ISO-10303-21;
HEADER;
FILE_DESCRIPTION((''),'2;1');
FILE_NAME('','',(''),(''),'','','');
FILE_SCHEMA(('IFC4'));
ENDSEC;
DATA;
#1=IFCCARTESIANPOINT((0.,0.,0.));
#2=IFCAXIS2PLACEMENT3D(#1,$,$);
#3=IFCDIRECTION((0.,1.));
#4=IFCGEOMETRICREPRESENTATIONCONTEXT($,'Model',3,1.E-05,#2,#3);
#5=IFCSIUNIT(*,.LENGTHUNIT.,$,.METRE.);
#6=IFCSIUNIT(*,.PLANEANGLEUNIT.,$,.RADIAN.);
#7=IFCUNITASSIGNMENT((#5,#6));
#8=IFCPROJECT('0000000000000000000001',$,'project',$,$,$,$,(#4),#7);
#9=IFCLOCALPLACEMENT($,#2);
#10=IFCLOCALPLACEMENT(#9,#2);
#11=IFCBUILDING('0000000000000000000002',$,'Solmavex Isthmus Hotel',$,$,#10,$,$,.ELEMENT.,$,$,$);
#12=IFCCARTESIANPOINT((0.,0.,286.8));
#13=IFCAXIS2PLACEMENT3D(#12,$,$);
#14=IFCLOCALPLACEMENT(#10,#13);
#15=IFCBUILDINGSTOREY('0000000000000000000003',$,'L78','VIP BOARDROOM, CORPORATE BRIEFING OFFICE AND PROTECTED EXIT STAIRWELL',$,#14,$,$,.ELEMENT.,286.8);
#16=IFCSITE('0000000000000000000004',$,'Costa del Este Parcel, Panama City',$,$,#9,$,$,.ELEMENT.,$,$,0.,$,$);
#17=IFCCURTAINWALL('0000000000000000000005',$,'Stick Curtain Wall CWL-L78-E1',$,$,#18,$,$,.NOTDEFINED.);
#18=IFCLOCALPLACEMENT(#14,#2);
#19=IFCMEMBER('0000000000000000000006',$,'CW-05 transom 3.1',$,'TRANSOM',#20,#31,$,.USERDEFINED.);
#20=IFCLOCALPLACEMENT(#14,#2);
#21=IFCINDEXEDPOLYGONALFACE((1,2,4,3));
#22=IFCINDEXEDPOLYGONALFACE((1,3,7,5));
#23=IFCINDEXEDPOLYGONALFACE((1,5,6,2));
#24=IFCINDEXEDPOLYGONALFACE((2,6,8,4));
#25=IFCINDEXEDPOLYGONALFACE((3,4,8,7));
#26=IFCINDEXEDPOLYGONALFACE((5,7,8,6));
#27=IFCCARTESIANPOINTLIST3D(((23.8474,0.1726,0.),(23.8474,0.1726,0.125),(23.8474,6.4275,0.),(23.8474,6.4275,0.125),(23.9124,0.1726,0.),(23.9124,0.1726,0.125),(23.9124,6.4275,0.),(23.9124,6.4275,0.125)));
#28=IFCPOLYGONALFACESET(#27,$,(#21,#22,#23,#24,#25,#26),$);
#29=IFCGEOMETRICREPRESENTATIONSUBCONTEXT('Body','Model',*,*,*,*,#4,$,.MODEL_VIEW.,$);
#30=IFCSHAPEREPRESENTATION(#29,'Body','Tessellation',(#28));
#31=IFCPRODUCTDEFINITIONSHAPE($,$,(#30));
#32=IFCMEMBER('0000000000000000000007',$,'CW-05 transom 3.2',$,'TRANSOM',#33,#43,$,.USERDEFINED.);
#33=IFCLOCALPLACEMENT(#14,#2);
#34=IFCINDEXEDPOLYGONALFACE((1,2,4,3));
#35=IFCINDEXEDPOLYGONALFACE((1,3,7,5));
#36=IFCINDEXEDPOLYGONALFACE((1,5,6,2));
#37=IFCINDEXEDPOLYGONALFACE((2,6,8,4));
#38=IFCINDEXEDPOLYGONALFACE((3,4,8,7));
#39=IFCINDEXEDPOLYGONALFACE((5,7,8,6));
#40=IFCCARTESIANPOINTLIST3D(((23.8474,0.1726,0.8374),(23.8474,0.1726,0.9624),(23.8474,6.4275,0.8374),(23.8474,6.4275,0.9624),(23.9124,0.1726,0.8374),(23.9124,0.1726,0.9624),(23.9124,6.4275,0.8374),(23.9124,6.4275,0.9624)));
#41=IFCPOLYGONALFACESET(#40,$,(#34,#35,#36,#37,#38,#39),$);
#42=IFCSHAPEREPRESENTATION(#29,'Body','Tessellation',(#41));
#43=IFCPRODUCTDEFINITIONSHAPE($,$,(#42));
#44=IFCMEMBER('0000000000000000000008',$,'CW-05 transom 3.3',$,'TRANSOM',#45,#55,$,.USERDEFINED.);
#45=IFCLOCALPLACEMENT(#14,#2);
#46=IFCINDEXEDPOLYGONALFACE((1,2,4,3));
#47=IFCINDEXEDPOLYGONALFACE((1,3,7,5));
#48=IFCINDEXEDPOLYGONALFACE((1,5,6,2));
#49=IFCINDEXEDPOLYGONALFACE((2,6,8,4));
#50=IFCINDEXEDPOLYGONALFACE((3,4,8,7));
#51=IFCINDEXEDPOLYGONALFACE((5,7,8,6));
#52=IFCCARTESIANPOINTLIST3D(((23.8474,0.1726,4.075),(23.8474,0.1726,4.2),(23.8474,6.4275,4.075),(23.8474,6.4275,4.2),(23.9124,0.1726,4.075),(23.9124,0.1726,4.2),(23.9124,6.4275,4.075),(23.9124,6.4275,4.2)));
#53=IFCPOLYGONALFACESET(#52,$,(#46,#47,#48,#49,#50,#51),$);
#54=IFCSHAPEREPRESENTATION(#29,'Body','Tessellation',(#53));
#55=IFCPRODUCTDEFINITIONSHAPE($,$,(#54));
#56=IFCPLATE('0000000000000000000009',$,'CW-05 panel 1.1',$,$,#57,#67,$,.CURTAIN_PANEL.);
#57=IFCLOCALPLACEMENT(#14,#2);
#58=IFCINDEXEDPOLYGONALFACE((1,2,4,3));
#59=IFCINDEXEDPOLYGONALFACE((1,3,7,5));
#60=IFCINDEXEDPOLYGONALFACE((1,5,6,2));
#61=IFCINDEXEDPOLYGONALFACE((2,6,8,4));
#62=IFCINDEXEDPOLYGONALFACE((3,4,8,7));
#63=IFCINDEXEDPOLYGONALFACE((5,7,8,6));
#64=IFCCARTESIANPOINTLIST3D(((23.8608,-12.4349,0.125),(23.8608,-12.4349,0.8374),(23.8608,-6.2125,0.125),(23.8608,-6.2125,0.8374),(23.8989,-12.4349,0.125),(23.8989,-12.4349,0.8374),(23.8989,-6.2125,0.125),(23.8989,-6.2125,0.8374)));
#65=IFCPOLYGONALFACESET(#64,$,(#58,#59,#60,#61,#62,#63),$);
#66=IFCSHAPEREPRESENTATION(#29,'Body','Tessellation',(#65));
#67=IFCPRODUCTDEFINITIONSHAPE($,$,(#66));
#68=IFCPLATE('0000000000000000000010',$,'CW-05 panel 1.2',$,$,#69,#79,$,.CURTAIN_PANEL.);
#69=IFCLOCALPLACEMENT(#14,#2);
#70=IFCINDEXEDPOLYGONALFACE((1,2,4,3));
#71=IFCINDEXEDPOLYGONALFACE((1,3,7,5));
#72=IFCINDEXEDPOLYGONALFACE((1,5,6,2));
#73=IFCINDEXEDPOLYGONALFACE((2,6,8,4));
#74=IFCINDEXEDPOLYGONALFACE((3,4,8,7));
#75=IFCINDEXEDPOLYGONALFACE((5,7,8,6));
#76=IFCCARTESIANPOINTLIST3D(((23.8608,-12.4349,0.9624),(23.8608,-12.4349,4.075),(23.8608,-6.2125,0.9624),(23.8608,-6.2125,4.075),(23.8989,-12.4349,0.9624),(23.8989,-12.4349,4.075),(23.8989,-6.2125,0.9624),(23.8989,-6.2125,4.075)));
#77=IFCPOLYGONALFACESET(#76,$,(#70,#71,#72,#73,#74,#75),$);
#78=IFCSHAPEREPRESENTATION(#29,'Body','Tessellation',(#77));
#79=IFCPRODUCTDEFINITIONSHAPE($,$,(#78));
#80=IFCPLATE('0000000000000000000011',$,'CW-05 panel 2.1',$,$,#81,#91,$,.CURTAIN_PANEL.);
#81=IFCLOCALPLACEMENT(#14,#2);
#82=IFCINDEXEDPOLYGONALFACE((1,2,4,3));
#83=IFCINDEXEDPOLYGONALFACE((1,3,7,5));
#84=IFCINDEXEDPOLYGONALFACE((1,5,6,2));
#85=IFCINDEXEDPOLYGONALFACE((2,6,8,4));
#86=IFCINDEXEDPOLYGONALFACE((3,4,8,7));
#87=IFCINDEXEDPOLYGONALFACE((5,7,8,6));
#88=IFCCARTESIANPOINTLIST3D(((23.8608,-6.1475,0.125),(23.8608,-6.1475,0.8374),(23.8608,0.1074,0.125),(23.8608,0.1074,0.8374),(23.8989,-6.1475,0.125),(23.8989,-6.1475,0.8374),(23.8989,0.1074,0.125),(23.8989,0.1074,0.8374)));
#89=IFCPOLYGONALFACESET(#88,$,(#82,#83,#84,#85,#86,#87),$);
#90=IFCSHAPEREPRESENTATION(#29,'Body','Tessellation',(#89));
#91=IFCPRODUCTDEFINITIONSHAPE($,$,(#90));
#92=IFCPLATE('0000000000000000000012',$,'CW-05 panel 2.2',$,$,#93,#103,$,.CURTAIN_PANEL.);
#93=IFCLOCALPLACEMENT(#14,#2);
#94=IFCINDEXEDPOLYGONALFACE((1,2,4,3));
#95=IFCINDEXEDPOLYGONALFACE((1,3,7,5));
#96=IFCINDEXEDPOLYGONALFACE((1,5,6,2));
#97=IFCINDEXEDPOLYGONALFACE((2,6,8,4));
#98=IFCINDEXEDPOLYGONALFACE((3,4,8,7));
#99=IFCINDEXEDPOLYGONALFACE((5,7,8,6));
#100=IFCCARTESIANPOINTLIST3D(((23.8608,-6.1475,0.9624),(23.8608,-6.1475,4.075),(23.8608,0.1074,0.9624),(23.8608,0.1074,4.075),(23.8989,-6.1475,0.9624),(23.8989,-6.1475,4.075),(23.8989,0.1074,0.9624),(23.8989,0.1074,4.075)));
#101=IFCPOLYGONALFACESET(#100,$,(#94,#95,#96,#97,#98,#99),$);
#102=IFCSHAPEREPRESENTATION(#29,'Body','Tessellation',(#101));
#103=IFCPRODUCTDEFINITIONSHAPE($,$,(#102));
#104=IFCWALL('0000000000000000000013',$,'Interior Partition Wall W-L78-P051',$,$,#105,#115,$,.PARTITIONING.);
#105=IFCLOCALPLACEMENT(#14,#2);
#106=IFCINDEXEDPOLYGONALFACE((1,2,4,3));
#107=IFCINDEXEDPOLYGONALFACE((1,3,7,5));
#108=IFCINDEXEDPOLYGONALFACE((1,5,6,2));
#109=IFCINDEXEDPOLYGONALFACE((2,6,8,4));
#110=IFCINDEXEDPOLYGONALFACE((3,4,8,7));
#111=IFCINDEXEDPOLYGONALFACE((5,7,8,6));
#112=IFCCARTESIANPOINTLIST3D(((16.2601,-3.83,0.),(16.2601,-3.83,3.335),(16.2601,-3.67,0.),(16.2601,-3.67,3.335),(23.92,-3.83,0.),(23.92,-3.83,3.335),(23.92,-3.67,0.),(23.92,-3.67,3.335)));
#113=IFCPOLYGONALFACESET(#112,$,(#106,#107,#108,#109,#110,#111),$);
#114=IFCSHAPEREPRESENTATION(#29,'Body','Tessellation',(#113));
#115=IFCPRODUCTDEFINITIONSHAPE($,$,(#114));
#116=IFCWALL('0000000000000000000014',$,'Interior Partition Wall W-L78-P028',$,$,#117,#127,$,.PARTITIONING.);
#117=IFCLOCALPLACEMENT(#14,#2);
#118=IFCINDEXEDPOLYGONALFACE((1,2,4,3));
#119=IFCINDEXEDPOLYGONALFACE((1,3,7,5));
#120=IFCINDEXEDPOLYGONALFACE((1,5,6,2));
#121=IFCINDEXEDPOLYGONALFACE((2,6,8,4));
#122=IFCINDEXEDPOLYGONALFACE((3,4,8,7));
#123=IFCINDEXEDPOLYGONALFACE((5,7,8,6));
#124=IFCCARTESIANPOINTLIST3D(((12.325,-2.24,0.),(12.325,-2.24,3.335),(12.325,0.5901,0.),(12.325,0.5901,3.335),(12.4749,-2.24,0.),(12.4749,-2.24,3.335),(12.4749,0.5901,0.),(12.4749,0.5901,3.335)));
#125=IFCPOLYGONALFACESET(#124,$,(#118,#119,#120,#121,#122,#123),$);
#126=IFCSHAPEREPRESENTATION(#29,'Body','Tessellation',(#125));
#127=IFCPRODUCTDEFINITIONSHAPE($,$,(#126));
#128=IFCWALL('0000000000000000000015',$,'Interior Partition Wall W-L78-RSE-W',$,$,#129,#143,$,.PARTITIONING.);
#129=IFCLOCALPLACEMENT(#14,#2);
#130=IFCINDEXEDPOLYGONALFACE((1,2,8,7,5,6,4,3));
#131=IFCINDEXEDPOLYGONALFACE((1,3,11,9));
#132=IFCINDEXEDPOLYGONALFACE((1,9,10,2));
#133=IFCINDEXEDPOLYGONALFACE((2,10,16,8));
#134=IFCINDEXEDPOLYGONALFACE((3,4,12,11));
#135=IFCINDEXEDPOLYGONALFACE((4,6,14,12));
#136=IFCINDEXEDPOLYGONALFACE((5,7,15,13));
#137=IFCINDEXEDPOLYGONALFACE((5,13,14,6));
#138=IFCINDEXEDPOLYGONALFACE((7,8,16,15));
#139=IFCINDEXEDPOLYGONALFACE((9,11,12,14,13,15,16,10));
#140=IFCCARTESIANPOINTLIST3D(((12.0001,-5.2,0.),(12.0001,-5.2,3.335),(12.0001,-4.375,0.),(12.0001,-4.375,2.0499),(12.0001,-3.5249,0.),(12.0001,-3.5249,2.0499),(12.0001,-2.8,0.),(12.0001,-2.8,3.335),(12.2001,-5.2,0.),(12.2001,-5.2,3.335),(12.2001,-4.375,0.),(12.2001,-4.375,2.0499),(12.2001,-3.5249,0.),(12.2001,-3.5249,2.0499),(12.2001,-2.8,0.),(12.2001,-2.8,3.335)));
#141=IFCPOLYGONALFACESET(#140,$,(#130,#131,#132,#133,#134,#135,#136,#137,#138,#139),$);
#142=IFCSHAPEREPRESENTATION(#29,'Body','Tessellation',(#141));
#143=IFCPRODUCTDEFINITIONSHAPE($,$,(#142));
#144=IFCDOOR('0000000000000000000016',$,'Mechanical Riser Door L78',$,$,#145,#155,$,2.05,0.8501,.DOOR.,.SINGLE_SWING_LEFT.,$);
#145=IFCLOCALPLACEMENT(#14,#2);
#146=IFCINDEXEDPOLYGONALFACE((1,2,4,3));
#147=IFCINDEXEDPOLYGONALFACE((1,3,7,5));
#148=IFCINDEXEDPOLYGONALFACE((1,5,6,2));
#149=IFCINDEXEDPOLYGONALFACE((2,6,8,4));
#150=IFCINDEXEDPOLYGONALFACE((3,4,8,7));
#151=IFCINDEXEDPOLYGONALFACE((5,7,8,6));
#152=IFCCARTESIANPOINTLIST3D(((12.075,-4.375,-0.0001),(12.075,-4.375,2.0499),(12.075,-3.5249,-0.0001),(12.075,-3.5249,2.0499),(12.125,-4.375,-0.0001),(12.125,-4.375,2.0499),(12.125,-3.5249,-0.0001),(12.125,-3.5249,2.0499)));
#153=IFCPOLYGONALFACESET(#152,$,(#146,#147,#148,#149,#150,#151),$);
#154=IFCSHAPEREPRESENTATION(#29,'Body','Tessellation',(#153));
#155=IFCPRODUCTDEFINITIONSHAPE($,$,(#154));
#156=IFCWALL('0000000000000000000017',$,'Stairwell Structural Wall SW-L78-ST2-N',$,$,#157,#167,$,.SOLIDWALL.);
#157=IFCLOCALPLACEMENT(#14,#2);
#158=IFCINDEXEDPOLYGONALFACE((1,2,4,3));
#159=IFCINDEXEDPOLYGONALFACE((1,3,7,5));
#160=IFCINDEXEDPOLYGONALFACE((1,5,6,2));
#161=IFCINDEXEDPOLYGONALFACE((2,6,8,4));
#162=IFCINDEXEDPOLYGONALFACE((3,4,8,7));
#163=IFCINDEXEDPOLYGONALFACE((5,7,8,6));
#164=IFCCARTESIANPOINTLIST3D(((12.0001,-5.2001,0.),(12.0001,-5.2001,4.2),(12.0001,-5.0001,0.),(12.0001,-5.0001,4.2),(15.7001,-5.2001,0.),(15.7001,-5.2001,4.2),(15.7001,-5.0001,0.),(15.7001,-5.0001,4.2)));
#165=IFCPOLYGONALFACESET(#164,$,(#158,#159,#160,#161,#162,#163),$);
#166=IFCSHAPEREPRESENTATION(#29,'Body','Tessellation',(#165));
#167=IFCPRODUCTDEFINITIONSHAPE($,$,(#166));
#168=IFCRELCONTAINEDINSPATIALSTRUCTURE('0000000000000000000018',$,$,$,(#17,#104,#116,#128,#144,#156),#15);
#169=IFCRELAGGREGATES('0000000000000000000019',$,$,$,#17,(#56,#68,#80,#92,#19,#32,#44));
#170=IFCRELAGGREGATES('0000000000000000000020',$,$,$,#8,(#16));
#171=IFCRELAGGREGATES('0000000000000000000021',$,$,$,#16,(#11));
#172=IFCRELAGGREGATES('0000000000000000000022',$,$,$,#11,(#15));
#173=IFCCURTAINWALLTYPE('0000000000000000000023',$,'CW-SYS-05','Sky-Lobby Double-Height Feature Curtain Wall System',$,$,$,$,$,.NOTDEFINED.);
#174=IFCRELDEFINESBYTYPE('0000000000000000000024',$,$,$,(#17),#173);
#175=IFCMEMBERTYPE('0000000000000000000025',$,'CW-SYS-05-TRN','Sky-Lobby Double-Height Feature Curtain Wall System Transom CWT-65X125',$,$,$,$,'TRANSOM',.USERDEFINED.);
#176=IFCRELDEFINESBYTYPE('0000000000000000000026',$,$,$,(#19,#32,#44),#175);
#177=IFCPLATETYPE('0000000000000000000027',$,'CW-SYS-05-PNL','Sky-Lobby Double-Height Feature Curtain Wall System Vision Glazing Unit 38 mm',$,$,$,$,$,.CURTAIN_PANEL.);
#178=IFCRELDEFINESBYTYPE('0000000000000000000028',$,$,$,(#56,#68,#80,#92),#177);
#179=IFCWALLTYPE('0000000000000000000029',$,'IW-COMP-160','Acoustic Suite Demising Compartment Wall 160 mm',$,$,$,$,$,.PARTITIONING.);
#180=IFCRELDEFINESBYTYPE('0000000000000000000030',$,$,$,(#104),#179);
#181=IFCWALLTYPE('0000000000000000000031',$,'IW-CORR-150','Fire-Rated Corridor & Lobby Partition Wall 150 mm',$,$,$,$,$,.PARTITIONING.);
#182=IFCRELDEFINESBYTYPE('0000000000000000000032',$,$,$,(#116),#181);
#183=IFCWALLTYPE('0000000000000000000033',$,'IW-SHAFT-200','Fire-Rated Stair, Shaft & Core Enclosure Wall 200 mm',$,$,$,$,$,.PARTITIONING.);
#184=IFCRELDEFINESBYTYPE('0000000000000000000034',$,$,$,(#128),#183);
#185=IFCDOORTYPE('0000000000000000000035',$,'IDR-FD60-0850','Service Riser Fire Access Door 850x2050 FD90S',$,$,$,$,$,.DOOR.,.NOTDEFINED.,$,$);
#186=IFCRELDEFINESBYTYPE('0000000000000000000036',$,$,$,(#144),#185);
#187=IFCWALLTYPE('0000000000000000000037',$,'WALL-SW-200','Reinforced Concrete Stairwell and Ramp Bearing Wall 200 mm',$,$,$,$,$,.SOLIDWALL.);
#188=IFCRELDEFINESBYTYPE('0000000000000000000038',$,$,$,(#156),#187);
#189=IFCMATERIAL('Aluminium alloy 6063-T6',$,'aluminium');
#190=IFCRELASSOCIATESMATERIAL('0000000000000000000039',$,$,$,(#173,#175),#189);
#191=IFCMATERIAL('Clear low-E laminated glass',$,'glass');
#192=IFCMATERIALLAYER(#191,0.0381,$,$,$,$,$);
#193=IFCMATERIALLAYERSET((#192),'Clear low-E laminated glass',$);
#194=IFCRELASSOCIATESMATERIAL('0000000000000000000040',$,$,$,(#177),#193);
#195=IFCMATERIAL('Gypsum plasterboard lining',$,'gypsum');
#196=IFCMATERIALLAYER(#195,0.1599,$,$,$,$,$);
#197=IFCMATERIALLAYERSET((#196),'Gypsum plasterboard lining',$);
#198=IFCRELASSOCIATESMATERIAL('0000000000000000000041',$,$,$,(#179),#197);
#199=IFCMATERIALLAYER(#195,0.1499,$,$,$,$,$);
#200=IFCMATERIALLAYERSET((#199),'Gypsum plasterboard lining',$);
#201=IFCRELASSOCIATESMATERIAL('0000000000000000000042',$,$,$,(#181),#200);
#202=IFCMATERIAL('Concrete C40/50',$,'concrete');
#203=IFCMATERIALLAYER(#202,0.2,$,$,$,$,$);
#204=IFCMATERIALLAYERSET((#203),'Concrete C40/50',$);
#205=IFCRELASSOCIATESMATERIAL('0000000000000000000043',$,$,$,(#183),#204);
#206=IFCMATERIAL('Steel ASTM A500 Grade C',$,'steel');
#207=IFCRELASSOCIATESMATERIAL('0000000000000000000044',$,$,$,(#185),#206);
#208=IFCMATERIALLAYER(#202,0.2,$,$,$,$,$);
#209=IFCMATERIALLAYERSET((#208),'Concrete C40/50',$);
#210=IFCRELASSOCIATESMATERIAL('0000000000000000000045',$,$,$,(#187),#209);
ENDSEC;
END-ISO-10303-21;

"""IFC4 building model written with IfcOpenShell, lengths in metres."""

from ifc_helpers import new_model, si_unit, direction, frame, frame_2d, origin, origin_2d, place, context, subcontext, project, spatial, rectangle, extrude, material, layer, layer_set, material_profile, profile_set, type_object, element, fill, aggregate, save


model = new_model("IFC4")

# Units and contexts
model_context = context("Model", 3, precision=1e-05, world=origin(), true_north=direction((0.0, 1.0)))
body_context = subcontext(model_context, "Body", "Model", "MODEL_VIEW")
ifc_project = project(units=[si_unit("LENGTHUNIT", "METRE"), si_unit("PLANEANGLEUNIT", "RADIAN")], contexts=[model_context])

# Site, building, storey
site_placement = place(None, origin())
site = spatial("IfcSite", under=ifc_project, at=site_placement, Name="Costa del Este Parcel, Panama City", CompositionType="ELEMENT", RefElevation=0.0)
building_placement = place(site_placement, origin())
building = spatial("IfcBuilding", under=site, at=building_placement, Name="Solmavex Isthmus Hotel", CompositionType="ELEMENT")
storey_placement = place(building_placement, frame((0.0, 0.0, 286.8)))
storey = spatial("IfcBuildingStorey", under=building, at=storey_placement, Name="L78", Description="VIP BOARDROOM, CORPORATE BRIEFING OFFICE AND PROTECTED EXIT STAIRWELL", CompositionType="ELEMENT", Elevation=286.8)

# Curtain wall, members, plates
ifc_material_1 = material(Name="Aluminium alloy 6063-T6", Category="aluminium")
curtain_wall_type = type_object("IfcCurtainWallType", Name="CW-SYS-05", Description="Sky-Lobby Double-Height Feature Curtain Wall System", PredefinedType="NOTDEFINED", material=ifc_material_1)
curtain_wall_placement = place(storey_placement, origin())
curtain_wall = element("IfcCurtainWall", 1, at=curtain_wall_placement, inside=storey, type_object=curtain_wall_type, Name="Stick Curtain Wall CWL-L78-E1", PredefinedType="NOTDEFINED")
ifc_material_profile_1 = material_profile(ifc_material_1, rectangle(XDim=0.0649, YDim=0.125, at=origin_2d()), Name="CWT-65X125")
ifc_profile_set_1 = profile_set([ifc_material_profile_1], Name="Aluminium alloy 6063-T6")
member_type_1 = type_object("IfcMemberType", Name="CW-SYS-05-TRN", Description="Sky-Lobby Double-Height Feature Curtain Wall System Transom CWT-65X125", ElementType="TRANSOM", PredefinedType="USERDEFINED", material=ifc_profile_set_1)
member_1_placement = place(storey_placement, frame((23.8799, 0.1726, 0.0625), z_axis=(0.0, 1.0, 0.0), x_axis=(-1.0, 0.0, 0.0)))
member_1 = element("IfcMember", 2, at=member_1_placement, type_object=member_type_1, Name="CW-05 transom 3.1", ObjectType="TRANSOM", PredefinedType="USERDEFINED", context=body_context, shape_type="SweptSolid", body=[
    extrude(rectangle(XDim=0.0649, YDim=0.125, at=origin_2d()), origin(), (0.0, 0.0, 1.0), 6.2549),
])
member_2_placement = place(storey_placement, frame((23.8799, 0.1726, 0.8999), z_axis=(0.0, 1.0, 0.0), x_axis=(-1.0, 0.0, 0.0)))
member_2 = element("IfcMember", 3, at=member_2_placement, type_object=member_type_1, Name="CW-05 transom 3.2", ObjectType="TRANSOM", PredefinedType="USERDEFINED", context=body_context, shape_type="SweptSolid", body=[
    extrude(rectangle(XDim=0.0649, YDim=0.125, at=origin_2d()), origin(), (0.0, 0.0, 1.0), 6.2549),
])
member_3_placement = place(storey_placement, frame((23.8799, 0.1726, 4.1375), z_axis=(0.0, 1.0, 0.0), x_axis=(-1.0, 0.0, 0.0)))
member_3 = element("IfcMember", 4, at=member_3_placement, type_object=member_type_1, Name="CW-05 transom 3.3", ObjectType="TRANSOM", PredefinedType="USERDEFINED", context=body_context, shape_type="SweptSolid", body=[
    extrude(rectangle(XDim=0.0649, YDim=0.125, at=origin_2d()), origin(), (0.0, 0.0, 1.0), 6.2549),
])
ifc_material_2 = material(Name="Clear low-E laminated glass", Category="glass")
ifc_layer_1 = layer(ifc_material_2, 0.0381)
ifc_layer_set_1 = layer_set([ifc_layer_1], Name="Clear low-E laminated glass")
plate_type = type_object("IfcPlateType", Name="CW-SYS-05-PNL", Description="Sky-Lobby Double-Height Feature Curtain Wall System Vision Glazing Unit 38 mm", PredefinedType="CURTAIN_PANEL", material=ifc_layer_set_1)
plate_1_placement = place(storey_placement, frame((23.8799, -9.3237, 0.125), z_axis=(0.0, 0.0, 1.0), x_axis=(0.0, 1.0, 0.0)))
plate_1 = element("IfcPlate", 5, at=plate_1_placement, type_object=plate_type, Name="CW-05 panel 1.1", PredefinedType="CURTAIN_PANEL", context=body_context, shape_type="SweptSolid", body=[
    extrude(rectangle(XDim=6.2224, YDim=0.0381, at=origin_2d()), origin(), (0.0, 0.0, 1.0), 0.7124),
])
plate_2_placement = place(storey_placement, frame((23.8799, -9.3237, 0.9624), z_axis=(0.0, 0.0, 1.0), x_axis=(0.0, 1.0, 0.0)))
plate_2 = element("IfcPlate", 6, at=plate_2_placement, type_object=plate_type, Name="CW-05 panel 1.2", PredefinedType="CURTAIN_PANEL", context=body_context, shape_type="SweptSolid", body=[
    extrude(rectangle(XDim=6.2224, YDim=0.0381, at=origin_2d()), origin(), (0.0, 0.0, 1.0), 3.1125),
])
plate_3_placement = place(storey_placement, frame((23.8799, -3.02, 0.125), z_axis=(0.0, 0.0, 1.0), x_axis=(0.0, 1.0, 0.0)))
plate_3 = element("IfcPlate", 7, at=plate_3_placement, type_object=plate_type, Name="CW-05 panel 2.1", PredefinedType="CURTAIN_PANEL", context=body_context, shape_type="SweptSolid", body=[
    extrude(rectangle(XDim=6.2549, YDim=0.0381, at=origin_2d()), origin(), (0.0, 0.0, 1.0), 0.7124),
])
plate_4_placement = place(storey_placement, frame((23.8799, -3.02, 0.9624), z_axis=(0.0, 0.0, 1.0), x_axis=(0.0, 1.0, 0.0)))
plate_4 = element("IfcPlate", 8, at=plate_4_placement, type_object=plate_type, Name="CW-05 panel 2.2", PredefinedType="CURTAIN_PANEL", context=body_context, shape_type="SweptSolid", body=[
    extrude(rectangle(XDim=6.2549, YDim=0.0381, at=origin_2d()), origin(), (0.0, 0.0, 1.0), 3.1125),
])
aggregate(curtain_wall, [plate_1, plate_2, plate_3, plate_4, member_1, member_2, member_3])

# Walls
ifc_material_3 = material(Name="Gypsum plasterboard lining", Category="gypsum")
ifc_layer_2 = layer(ifc_material_3, 0.1599)
ifc_layer_set_2 = layer_set([ifc_layer_2], Name="Gypsum plasterboard lining")
wall_type_1 = type_object("IfcWallType", Name="IW-COMP-160", Description="Acoustic Suite Demising Compartment Wall 160 mm", PredefinedType="PARTITIONING", material=ifc_layer_set_2)
wall_1_placement = place(storey_placement, frame((16.26, -3.75, 0.0), z_axis=(0.0, 0.0, 1.0), x_axis=(1.0, 0.0, 0.0)))
element("IfcWall", 9, at=wall_1_placement, inside=storey, type_object=wall_type_1, Name="Interior Partition Wall W-L78-P051", PredefinedType="PARTITIONING", context=body_context, shape_type="SweptSolid", body=[
    extrude(rectangle(XDim=7.6599, YDim=0.1599, at=frame_2d((3.8301, 0.0))), origin(), (0.0, 0.0, 1.0), 3.335),
])
ifc_layer_3 = layer(ifc_material_3, 0.1499)
ifc_layer_set_3 = layer_set([ifc_layer_3], Name="Gypsum plasterboard lining")
wall_type_2 = type_object("IfcWallType", Name="IW-CORR-150", Description="Fire-Rated Corridor & Lobby Partition Wall 150 mm", PredefinedType="PARTITIONING", material=ifc_layer_set_3)
wall_2_placement = place(storey_placement, frame((12.3999, 0.5901, 0.0), z_axis=(0.0, 0.0, 1.0), x_axis=(0.0, -1.0, 0.0)))
element("IfcWall", 10, at=wall_2_placement, inside=storey, type_object=wall_type_2, Name="Interior Partition Wall W-L78-P028", PredefinedType="PARTITIONING", context=body_context, shape_type="SweptSolid", body=[
    extrude(rectangle(XDim=2.8301, YDim=0.1499, at=frame_2d((1.415, 0.0))), origin(), (0.0, 0.0, 1.0), 3.335),
])

# Wall, opening, door
ifc_material_4 = material(Name="Concrete C40/50", Category="concrete")
ifc_layer_4 = layer(ifc_material_4, 0.2)
ifc_layer_set_4 = layer_set([ifc_layer_4], Name="Concrete C40/50")
wall_type_3 = type_object("IfcWallType", Name="IW-SHAFT-200", Description="Fire-Rated Stair, Shaft & Core Enclosure Wall 200 mm", PredefinedType="PARTITIONING", material=ifc_layer_set_4)
wall_3_placement = place(storey_placement, frame((12.1001, -5.2, 0.0), z_axis=(0.0, 0.0, 1.0), x_axis=(0.0, 1.0, 0.0)))
wall_3 = element("IfcWall", 11, at=wall_3_placement, inside=storey, type_object=wall_type_3, Name="Interior Partition Wall W-L78-RSE-W", PredefinedType="PARTITIONING", context=body_context, shape_type="SweptSolid", body=[
    extrude(rectangle(XDim=2.3999, YDim=0.2, at=frame_2d((1.2, 0.0))), origin(), (0.0, 0.0, 1.0), 3.335),
])
opening_placement = place(wall_3_placement, frame((0.825, 0.0, 0.0)))
opening = element("IfcOpeningElement", 12, at=opening_placement, cuts=wall_3, PredefinedType="OPENING", context=body_context, shape_type="SweptSolid", body=[
    extrude(rectangle(XDim=0.8501, YDim=2.05, at=frame_2d((0.425, 1.0249))), frame((0.0, 0.1099, 0.0), z_axis=(0.0, -1.0, 0.0), x_axis=(1.0, 0.0, 0.0)), (0.0, 0.0, 1.0), 0.22),
])
ifc_material_5 = material(Name="Steel ASTM A500 Grade C", Category="steel")
door_type = type_object("IfcDoorType", Name="IDR-FD60-0850", Description="Service Riser Fire Access Door 850x2050 FD90S", OperationType="NOTDEFINED", PredefinedType="DOOR", material=ifc_material_5)
door_placement = place(opening_placement, frame((0.8501, 0.0, 0.0), z_axis=(0.0, 0.0, 1.0), x_axis=(-1.0, 0.0, 0.0)))
door = element("IfcDoor", 13, at=door_placement, inside=storey, type_object=door_type, Name="Mechanical Riser Door L78", OperationType="SINGLE_SWING_LEFT", OverallHeight=2.05, OverallWidth=0.8501, PredefinedType="DOOR", context=body_context, shape_type="SweptSolid", body=[
    extrude(rectangle(XDim=0.8501, YDim=2.05, at=frame_2d((0.425, 1.0249))), frame((0.0, 0.0249, 0.0), z_axis=(0.0, -1.0, 0.0), x_axis=(1.0, 0.0, 0.0)), (0.0, 0.0, 1.0), 0.05),
])
fill(opening, door)

# Wall
ifc_layer_5 = layer(ifc_material_4, 0.2)
ifc_layer_set_5 = layer_set([ifc_layer_5], Name="Concrete C40/50")
wall_type_4 = type_object("IfcWallType", Name="WALL-SW-200", Description="Reinforced Concrete Stairwell and Ramp Bearing Wall 200 mm", PredefinedType="SOLIDWALL", material=ifc_layer_set_5)
wall_4_placement = place(storey_placement, frame((12.0, -5.1001, 0.0), z_axis=(0.0, 0.0, 1.0), x_axis=(1.0, 0.0, 0.0)))
element("IfcWall", 14, at=wall_4_placement, inside=storey, type_object=wall_type_4, Name="Stairwell Structural Wall SW-L78-ST2-N", PredefinedType="SOLIDWALL", context=body_context, shape_type="SweptSolid", body=[
    extrude(rectangle(XDim=3.7, YDim=0.2, at=frame_2d((1.8501, 0.0))), origin(), (0.0, 0.0, 1.0), 4.2),
])

save(model, "model.ifc")
